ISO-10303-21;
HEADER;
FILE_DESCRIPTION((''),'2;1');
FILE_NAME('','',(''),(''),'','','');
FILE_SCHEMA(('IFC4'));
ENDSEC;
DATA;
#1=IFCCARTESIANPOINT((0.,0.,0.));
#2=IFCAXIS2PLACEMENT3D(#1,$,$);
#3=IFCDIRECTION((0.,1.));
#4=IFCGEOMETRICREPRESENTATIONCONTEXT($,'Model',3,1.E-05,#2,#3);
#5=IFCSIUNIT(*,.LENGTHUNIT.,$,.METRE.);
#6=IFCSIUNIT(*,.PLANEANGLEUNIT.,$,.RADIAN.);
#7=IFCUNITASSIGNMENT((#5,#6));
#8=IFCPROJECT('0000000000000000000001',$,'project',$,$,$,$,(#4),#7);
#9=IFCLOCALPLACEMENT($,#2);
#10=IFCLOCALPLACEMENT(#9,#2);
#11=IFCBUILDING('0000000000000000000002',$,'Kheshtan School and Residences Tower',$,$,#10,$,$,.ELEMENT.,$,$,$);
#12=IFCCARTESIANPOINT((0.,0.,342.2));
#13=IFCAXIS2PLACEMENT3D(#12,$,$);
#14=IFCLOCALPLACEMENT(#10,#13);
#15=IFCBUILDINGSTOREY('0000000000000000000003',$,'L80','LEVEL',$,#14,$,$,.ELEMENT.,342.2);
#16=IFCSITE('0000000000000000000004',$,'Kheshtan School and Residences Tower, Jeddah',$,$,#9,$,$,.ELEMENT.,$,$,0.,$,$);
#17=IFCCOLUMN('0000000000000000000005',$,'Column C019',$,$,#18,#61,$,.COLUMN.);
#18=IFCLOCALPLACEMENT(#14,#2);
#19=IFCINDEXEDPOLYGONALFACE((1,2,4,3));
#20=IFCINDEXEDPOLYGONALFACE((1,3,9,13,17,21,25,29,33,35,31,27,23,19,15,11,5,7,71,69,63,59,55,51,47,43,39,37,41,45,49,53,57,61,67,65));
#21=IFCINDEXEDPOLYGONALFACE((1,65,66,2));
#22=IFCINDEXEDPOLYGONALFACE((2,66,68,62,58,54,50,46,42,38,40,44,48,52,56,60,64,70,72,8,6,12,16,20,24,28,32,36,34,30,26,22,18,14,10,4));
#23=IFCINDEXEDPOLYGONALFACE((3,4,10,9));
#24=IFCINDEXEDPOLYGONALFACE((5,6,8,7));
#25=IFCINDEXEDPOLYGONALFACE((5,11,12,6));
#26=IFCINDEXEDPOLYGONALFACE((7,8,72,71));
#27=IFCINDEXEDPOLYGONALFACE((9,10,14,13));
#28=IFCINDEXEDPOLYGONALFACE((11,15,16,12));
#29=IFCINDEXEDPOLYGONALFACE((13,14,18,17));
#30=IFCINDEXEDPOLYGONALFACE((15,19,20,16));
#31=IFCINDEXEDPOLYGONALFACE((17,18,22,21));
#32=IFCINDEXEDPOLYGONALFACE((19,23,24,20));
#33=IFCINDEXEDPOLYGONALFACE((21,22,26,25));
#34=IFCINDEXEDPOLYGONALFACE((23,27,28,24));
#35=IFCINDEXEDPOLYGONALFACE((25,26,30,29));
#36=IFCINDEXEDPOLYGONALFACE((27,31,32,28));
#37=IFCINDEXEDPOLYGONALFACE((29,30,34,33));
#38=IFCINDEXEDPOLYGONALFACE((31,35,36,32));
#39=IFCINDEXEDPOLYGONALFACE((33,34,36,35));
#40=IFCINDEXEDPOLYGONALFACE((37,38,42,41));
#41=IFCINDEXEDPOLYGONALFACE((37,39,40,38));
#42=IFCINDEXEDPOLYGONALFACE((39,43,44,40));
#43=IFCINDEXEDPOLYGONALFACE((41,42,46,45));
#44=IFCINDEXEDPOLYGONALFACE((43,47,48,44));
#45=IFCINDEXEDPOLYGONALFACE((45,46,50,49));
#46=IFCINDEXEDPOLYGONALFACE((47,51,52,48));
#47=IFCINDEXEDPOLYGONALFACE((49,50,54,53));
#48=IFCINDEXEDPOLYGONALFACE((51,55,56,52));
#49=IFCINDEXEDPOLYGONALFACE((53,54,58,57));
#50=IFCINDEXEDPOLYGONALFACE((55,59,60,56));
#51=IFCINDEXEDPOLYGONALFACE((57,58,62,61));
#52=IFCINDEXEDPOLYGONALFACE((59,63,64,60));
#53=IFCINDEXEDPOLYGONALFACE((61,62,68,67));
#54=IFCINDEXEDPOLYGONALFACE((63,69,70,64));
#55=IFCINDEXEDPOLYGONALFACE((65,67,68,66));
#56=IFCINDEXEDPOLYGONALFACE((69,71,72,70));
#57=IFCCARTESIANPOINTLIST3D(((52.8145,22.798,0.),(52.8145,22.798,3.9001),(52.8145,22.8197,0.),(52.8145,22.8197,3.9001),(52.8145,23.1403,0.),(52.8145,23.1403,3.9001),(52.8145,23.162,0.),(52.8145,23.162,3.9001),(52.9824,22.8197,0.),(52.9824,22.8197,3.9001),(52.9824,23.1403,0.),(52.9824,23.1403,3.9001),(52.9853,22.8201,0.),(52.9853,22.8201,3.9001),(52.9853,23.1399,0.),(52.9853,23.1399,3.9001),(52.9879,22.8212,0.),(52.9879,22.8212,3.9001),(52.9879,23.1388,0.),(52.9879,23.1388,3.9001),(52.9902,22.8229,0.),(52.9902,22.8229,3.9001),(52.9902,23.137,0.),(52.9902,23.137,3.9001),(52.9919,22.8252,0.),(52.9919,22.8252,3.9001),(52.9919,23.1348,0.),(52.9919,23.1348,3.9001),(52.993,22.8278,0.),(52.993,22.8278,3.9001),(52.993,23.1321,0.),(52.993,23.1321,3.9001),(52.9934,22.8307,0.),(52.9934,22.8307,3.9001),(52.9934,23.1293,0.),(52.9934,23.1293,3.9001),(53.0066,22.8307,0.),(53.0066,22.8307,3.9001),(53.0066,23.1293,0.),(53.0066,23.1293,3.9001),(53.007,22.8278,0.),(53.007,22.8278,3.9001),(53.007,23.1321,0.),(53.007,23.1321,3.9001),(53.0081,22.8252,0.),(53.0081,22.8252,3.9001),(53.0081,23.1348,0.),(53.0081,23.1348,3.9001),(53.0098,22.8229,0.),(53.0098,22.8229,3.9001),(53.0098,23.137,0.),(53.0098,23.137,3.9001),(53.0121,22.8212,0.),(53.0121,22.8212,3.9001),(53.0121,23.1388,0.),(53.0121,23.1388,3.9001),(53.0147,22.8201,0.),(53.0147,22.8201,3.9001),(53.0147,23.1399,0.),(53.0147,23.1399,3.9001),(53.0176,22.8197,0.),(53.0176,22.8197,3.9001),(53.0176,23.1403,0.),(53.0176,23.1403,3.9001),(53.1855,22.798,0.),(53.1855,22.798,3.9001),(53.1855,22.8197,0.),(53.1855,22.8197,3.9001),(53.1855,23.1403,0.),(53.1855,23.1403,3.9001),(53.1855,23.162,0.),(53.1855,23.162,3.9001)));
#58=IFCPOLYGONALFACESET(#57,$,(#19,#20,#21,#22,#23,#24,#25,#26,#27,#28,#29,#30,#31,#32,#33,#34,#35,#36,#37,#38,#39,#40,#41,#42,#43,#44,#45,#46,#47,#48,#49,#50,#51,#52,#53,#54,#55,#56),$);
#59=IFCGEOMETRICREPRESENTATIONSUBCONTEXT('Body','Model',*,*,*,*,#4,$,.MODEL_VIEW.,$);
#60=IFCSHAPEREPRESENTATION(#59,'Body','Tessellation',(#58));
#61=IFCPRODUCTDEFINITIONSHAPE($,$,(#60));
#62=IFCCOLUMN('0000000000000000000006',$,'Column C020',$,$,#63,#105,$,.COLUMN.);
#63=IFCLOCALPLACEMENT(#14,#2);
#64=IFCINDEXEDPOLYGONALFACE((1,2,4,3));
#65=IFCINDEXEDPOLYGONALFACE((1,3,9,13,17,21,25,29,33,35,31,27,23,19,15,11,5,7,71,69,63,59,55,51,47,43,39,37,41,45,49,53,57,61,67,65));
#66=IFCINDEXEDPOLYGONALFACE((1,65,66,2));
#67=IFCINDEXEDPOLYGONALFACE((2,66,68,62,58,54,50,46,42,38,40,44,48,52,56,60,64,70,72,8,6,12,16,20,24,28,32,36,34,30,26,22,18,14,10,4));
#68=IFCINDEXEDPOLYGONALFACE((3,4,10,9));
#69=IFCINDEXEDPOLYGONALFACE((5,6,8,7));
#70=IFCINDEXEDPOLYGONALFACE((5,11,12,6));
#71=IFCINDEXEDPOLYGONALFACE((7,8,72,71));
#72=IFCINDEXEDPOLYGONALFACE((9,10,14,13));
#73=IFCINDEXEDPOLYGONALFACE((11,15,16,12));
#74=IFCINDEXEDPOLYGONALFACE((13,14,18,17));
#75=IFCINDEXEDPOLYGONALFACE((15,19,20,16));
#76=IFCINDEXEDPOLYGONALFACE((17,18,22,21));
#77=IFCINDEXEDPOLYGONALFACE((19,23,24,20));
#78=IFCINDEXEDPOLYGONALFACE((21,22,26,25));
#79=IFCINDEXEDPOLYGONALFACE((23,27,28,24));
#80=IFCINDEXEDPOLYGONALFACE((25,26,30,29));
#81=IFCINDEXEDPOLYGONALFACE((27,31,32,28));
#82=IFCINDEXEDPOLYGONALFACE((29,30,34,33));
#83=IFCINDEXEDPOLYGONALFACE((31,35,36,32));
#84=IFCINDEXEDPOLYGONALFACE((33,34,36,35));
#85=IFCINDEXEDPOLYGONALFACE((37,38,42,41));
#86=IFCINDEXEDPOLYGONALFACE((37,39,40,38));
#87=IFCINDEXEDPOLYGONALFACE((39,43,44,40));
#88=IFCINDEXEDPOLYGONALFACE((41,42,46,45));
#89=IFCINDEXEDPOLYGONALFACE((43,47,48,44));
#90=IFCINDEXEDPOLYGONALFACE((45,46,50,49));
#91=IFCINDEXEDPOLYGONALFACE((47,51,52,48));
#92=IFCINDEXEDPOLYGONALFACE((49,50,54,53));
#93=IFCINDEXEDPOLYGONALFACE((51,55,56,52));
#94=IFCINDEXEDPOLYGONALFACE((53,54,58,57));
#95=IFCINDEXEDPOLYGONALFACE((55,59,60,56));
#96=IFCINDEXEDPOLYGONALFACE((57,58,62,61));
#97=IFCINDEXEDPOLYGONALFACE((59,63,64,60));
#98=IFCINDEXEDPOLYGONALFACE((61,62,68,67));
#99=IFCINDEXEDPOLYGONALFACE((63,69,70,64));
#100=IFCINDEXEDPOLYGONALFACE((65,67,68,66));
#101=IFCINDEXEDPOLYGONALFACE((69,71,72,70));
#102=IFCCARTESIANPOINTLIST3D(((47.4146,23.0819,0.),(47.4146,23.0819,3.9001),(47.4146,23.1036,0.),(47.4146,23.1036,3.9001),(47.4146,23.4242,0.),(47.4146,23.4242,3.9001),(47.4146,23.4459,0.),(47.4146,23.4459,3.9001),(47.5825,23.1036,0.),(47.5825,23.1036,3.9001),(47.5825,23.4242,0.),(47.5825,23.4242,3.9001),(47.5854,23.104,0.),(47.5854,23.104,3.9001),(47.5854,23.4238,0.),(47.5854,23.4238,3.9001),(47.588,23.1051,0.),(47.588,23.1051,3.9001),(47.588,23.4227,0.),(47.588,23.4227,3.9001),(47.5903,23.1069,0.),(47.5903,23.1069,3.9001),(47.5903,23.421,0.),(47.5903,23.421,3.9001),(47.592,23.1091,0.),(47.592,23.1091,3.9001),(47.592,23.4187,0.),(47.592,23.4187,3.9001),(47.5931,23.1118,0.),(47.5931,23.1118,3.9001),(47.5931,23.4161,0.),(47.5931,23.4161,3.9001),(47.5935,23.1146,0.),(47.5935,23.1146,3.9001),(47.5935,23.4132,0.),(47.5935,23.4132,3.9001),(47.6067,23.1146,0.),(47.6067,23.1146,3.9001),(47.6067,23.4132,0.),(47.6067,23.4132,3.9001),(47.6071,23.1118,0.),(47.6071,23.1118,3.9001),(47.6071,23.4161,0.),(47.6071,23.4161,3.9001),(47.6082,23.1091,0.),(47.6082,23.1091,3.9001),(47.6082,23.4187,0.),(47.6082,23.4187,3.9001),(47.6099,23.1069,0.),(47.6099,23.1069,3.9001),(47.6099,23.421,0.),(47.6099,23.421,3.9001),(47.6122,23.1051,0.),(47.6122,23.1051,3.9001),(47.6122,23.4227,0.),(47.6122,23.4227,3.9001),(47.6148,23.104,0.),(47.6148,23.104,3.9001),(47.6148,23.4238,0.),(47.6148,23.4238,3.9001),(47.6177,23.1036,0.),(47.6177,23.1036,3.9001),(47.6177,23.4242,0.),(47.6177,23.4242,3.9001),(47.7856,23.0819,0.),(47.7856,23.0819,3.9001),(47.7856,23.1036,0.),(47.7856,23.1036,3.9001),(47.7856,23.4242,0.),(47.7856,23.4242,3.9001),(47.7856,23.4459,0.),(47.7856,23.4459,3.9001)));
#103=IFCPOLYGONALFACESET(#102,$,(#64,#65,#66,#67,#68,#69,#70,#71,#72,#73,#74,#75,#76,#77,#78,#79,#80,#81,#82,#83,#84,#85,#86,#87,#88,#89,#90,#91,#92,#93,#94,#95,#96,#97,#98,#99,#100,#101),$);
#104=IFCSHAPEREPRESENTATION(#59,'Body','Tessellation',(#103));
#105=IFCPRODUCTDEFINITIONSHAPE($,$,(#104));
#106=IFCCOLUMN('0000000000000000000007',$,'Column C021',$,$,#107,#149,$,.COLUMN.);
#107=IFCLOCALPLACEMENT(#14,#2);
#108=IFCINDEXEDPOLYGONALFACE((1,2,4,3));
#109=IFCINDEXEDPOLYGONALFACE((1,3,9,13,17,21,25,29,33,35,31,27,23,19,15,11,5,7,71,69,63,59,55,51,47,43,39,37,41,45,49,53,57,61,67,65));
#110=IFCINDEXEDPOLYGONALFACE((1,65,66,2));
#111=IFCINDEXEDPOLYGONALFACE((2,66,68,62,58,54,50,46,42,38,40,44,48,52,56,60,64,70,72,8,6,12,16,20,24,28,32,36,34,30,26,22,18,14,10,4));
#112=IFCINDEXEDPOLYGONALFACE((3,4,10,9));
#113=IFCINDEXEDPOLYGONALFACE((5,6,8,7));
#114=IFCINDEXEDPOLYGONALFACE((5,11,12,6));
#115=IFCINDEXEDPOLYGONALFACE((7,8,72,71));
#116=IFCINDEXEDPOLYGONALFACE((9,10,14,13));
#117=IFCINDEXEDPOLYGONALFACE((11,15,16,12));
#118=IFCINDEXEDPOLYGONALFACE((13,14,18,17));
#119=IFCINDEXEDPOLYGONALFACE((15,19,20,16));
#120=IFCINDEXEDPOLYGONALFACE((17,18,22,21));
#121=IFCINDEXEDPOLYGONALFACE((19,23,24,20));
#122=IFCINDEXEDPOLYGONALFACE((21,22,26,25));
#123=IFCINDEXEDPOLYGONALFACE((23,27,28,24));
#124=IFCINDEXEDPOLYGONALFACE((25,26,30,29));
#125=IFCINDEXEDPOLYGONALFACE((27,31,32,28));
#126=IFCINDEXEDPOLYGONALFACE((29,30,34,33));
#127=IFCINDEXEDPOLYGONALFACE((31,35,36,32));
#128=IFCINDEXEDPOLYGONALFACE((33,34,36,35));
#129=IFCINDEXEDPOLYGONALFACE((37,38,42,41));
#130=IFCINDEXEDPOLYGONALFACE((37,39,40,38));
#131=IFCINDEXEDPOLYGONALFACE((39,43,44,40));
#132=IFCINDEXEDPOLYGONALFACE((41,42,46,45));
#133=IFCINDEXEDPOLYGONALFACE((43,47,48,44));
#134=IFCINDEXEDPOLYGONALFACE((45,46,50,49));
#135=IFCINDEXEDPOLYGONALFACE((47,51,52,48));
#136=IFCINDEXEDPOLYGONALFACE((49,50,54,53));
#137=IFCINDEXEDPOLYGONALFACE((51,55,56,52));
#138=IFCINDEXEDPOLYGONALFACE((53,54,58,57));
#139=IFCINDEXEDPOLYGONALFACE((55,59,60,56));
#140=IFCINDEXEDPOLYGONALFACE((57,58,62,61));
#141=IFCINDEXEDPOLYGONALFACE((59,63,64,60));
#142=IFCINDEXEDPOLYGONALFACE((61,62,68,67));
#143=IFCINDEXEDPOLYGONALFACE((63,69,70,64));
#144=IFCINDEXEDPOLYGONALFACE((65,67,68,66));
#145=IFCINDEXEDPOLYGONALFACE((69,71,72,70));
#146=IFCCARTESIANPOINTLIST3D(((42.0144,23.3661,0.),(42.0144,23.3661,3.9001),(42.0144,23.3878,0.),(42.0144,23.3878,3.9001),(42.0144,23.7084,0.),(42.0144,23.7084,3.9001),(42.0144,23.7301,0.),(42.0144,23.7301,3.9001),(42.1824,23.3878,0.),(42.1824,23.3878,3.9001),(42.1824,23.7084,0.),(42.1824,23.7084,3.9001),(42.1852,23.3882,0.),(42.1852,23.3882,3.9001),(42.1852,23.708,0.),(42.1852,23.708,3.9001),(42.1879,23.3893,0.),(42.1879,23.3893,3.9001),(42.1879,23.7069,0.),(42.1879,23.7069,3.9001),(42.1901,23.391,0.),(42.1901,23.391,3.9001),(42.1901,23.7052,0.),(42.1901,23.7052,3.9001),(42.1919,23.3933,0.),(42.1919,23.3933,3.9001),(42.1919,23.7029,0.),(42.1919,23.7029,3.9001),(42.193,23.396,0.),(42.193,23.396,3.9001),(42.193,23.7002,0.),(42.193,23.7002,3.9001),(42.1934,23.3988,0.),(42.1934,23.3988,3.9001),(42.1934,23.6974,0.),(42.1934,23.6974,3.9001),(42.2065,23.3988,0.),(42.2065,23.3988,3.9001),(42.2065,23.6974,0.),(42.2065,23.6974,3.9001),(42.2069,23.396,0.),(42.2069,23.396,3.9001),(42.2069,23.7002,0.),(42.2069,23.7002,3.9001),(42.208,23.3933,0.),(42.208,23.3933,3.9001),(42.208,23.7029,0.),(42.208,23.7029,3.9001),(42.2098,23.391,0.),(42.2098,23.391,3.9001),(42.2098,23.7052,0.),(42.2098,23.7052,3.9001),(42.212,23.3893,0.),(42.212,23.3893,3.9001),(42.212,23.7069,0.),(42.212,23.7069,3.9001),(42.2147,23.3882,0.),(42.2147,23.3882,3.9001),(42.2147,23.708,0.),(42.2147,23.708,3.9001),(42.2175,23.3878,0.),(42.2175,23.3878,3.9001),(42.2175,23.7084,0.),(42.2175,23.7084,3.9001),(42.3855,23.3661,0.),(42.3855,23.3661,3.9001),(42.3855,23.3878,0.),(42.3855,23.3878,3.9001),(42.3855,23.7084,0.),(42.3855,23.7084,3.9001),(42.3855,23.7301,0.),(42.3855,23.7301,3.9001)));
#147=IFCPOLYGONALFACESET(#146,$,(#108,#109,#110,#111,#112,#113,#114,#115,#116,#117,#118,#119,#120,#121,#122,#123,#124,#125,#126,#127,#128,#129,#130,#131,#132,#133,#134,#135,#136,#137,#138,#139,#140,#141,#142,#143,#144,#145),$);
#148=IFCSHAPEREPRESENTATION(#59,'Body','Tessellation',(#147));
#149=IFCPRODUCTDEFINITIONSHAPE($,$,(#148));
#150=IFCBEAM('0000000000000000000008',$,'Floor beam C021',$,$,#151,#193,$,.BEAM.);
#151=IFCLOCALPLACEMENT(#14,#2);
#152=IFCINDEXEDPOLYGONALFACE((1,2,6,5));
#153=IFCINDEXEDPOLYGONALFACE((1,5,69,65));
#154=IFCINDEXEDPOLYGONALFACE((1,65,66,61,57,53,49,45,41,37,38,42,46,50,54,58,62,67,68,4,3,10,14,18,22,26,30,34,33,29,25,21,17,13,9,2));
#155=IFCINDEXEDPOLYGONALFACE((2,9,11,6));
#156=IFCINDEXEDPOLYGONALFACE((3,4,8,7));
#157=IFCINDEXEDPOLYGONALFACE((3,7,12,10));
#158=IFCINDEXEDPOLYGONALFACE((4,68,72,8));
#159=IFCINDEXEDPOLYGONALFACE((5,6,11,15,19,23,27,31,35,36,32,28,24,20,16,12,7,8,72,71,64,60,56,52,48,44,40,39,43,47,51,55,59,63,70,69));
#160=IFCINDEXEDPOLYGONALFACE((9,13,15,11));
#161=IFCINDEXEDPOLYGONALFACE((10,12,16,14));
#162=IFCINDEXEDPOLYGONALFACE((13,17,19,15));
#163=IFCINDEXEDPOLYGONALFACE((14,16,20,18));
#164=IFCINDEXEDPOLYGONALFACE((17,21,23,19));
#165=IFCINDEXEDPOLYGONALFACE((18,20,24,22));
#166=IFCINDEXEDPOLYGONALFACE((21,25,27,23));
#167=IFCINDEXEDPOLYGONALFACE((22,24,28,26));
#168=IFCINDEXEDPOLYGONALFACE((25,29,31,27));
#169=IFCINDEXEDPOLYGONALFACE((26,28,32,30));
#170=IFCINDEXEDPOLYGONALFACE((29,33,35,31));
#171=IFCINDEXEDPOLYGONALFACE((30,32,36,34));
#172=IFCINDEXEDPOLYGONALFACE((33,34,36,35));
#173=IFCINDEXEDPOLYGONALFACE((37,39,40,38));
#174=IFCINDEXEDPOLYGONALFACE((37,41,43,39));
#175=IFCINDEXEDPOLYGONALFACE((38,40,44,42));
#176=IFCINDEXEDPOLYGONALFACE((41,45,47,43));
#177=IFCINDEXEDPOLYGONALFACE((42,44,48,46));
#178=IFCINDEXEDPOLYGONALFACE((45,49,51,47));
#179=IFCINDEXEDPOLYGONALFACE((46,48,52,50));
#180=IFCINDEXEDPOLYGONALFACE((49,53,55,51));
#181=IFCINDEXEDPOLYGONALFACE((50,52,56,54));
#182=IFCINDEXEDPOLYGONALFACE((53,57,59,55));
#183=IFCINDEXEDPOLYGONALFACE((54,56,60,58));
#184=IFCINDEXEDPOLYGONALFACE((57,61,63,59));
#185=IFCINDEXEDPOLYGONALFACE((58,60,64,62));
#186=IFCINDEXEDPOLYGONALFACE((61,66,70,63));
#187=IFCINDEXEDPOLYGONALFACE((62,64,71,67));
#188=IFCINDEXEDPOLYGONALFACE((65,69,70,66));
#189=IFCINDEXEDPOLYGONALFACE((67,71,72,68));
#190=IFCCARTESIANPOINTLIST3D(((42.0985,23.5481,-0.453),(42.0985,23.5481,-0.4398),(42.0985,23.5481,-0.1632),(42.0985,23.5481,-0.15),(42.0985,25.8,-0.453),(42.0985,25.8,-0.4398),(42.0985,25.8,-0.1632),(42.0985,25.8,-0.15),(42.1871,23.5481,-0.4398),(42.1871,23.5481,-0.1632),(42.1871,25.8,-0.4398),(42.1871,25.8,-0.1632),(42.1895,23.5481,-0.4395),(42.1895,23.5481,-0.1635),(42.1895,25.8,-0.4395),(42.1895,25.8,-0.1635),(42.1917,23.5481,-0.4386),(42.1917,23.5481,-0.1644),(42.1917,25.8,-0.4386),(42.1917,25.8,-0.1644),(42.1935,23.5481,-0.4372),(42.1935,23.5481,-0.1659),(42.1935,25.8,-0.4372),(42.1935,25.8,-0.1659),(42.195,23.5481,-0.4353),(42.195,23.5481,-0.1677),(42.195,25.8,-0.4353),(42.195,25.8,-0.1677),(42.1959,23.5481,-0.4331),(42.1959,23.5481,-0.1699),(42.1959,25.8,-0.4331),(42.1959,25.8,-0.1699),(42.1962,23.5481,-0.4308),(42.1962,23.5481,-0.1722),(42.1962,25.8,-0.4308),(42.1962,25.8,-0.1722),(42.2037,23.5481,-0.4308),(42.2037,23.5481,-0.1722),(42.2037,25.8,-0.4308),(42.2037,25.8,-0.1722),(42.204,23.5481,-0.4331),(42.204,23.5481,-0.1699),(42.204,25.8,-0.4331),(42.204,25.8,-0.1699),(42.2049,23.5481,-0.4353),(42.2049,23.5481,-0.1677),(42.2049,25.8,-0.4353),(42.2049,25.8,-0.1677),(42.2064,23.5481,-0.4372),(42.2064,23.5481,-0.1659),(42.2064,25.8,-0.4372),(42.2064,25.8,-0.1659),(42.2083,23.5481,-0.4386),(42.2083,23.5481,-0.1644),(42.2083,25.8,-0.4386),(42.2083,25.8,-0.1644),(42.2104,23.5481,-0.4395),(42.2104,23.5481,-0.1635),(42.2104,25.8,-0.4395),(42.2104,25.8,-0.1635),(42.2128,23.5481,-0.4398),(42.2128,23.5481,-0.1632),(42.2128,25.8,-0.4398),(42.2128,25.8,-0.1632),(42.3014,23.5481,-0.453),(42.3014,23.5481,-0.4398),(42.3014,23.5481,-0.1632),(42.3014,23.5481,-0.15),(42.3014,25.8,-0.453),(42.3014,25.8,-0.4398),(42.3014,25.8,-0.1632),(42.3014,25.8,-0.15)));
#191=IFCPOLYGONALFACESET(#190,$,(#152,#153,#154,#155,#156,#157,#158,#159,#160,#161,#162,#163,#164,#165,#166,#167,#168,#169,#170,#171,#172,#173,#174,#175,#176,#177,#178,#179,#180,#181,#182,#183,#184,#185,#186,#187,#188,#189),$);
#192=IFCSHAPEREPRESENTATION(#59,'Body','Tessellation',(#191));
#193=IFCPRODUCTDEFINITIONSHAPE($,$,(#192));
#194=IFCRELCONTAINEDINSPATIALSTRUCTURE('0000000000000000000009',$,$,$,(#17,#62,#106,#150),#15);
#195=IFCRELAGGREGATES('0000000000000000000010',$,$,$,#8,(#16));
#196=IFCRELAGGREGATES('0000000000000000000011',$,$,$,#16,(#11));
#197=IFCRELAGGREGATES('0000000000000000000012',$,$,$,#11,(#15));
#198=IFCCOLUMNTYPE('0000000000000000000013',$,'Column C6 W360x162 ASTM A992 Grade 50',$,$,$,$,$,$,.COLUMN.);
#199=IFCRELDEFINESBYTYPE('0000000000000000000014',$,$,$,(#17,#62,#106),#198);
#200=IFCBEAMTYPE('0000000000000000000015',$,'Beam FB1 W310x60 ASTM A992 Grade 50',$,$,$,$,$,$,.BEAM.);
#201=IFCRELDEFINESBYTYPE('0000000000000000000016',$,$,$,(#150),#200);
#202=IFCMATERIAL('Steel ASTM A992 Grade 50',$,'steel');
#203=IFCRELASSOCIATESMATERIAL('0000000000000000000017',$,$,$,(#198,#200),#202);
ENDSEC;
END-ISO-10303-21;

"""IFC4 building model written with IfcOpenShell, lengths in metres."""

from ifc_helpers import new_model, si_unit, direction, frame, origin, origin_2d, place, context, subcontext, project, spatial, i_section, extrude, material, material_profile, profile_set, type_object, element, save


model = new_model("IFC4")

# Units and contexts
model_context = context("Model", 3, precision=1e-05, world=origin(), true_north=direction((0.0, 1.0)))
body_context = subcontext(model_context, "Body", "Model", "MODEL_VIEW")
ifc_project = project(units=[si_unit("LENGTHUNIT", "METRE"), si_unit("PLANEANGLEUNIT", "RADIAN")], contexts=[model_context])

# Site, building, storey
site_placement = place(None, origin())
site = spatial("IfcSite", under=ifc_project, at=site_placement, Name="Kheshtan School and Residences Tower, Jeddah", CompositionType="ELEMENT", RefElevation=0.0)
building_placement = place(site_placement, origin())
building = spatial("IfcBuilding", under=site, at=building_placement, Name="Kheshtan School and Residences Tower", CompositionType="ELEMENT")
storey_placement = place(building_placement, frame((0.0, 0.0, 342.2)))
storey = spatial("IfcBuildingStorey", under=building, at=storey_placement, Name="L80", Description="LEVEL", CompositionType="ELEMENT", Elevation=342.2)

# Columns
ifc_material_1 = material(Name="Steel ASTM A992 Grade 50", Category="steel")
ifc_material_profile_1 = material_profile(ifc_material_1, i_section(OverallWidth=0.3711, OverallDepth=0.364, WebThickness=0.0132, FlangeThickness=0.0217, FilletRadius=0.011, at=origin_2d()), Name="W360x162")
ifc_profile_set_1 = profile_set([ifc_material_profile_1], Name="Steel ASTM A992 Grade 50")
column_type = type_object("IfcColumnType", Name="Column C6 W360x162 ASTM A992 Grade 50", PredefinedType="COLUMN", material=ifc_profile_set_1)
for number, where, z_axis, x_axis, name in (
    (1, (53.0, 22.98, 0.0), (0.0, 0.0, 1.0), (1.0, 0.0, 0.0), "Column C019"),
    (2, (47.6001, 23.2639, 0.0), (0.0, 0.0, 1.0), (1.0, 0.0, 0.0), "Column C020"),
    (3, (42.2, 23.5481, 0.0), (0.0, 0.0, 1.0), (1.0, 0.0, 0.0), "Column C021"),
):
    element("IfcColumn", number, at=place(storey_placement, frame(where, z_axis=z_axis, x_axis=x_axis)), inside=storey, type_object=column_type, Name=name, PredefinedType="COLUMN", context=body_context, shape_type="SweptSolid", body=[
        extrude(i_section(OverallWidth=0.3711, OverallDepth=0.364, WebThickness=0.0132, FlangeThickness=0.0217, FilletRadius=0.011, at=origin_2d()), origin(), (0.0, 0.0, 1.0), 3.9001),
    ])

# Beam
ifc_material_profile_2 = material_profile(ifc_material_1, i_section(OverallWidth=0.2029, OverallDepth=0.303, WebThickness=0.0076, FlangeThickness=0.0132, FilletRadius=0.009, at=origin_2d()), Name="W310x60")
ifc_profile_set_2 = profile_set([ifc_material_profile_2], Name="Steel ASTM A992 Grade 50")
beam_type_1 = type_object("IfcBeamType", Name="Beam FB1 W310x60 ASTM A992 Grade 50", PredefinedType="BEAM", material=ifc_profile_set_2)
beam_1_placement = place(storey_placement, frame((42.2, 23.5481, -0.3015), z_axis=(0.0, 1.0, 0.0), x_axis=(-1.0, 0.0, 0.0)))
element("IfcBeam", 4, at=beam_1_placement, inside=storey, type_object=beam_type_1, Name="Floor beam C021", PredefinedType="BEAM", context=body_context, shape_type="SweptSolid", body=[
    extrude(i_section(OverallWidth=0.2029, OverallDepth=0.303, WebThickness=0.0076, FlangeThickness=0.0132, FilletRadius=0.009, at=origin_2d()), origin(), (0.0, 0.0, 1.0), 2.252),
])

save(model, "model.ifc")
